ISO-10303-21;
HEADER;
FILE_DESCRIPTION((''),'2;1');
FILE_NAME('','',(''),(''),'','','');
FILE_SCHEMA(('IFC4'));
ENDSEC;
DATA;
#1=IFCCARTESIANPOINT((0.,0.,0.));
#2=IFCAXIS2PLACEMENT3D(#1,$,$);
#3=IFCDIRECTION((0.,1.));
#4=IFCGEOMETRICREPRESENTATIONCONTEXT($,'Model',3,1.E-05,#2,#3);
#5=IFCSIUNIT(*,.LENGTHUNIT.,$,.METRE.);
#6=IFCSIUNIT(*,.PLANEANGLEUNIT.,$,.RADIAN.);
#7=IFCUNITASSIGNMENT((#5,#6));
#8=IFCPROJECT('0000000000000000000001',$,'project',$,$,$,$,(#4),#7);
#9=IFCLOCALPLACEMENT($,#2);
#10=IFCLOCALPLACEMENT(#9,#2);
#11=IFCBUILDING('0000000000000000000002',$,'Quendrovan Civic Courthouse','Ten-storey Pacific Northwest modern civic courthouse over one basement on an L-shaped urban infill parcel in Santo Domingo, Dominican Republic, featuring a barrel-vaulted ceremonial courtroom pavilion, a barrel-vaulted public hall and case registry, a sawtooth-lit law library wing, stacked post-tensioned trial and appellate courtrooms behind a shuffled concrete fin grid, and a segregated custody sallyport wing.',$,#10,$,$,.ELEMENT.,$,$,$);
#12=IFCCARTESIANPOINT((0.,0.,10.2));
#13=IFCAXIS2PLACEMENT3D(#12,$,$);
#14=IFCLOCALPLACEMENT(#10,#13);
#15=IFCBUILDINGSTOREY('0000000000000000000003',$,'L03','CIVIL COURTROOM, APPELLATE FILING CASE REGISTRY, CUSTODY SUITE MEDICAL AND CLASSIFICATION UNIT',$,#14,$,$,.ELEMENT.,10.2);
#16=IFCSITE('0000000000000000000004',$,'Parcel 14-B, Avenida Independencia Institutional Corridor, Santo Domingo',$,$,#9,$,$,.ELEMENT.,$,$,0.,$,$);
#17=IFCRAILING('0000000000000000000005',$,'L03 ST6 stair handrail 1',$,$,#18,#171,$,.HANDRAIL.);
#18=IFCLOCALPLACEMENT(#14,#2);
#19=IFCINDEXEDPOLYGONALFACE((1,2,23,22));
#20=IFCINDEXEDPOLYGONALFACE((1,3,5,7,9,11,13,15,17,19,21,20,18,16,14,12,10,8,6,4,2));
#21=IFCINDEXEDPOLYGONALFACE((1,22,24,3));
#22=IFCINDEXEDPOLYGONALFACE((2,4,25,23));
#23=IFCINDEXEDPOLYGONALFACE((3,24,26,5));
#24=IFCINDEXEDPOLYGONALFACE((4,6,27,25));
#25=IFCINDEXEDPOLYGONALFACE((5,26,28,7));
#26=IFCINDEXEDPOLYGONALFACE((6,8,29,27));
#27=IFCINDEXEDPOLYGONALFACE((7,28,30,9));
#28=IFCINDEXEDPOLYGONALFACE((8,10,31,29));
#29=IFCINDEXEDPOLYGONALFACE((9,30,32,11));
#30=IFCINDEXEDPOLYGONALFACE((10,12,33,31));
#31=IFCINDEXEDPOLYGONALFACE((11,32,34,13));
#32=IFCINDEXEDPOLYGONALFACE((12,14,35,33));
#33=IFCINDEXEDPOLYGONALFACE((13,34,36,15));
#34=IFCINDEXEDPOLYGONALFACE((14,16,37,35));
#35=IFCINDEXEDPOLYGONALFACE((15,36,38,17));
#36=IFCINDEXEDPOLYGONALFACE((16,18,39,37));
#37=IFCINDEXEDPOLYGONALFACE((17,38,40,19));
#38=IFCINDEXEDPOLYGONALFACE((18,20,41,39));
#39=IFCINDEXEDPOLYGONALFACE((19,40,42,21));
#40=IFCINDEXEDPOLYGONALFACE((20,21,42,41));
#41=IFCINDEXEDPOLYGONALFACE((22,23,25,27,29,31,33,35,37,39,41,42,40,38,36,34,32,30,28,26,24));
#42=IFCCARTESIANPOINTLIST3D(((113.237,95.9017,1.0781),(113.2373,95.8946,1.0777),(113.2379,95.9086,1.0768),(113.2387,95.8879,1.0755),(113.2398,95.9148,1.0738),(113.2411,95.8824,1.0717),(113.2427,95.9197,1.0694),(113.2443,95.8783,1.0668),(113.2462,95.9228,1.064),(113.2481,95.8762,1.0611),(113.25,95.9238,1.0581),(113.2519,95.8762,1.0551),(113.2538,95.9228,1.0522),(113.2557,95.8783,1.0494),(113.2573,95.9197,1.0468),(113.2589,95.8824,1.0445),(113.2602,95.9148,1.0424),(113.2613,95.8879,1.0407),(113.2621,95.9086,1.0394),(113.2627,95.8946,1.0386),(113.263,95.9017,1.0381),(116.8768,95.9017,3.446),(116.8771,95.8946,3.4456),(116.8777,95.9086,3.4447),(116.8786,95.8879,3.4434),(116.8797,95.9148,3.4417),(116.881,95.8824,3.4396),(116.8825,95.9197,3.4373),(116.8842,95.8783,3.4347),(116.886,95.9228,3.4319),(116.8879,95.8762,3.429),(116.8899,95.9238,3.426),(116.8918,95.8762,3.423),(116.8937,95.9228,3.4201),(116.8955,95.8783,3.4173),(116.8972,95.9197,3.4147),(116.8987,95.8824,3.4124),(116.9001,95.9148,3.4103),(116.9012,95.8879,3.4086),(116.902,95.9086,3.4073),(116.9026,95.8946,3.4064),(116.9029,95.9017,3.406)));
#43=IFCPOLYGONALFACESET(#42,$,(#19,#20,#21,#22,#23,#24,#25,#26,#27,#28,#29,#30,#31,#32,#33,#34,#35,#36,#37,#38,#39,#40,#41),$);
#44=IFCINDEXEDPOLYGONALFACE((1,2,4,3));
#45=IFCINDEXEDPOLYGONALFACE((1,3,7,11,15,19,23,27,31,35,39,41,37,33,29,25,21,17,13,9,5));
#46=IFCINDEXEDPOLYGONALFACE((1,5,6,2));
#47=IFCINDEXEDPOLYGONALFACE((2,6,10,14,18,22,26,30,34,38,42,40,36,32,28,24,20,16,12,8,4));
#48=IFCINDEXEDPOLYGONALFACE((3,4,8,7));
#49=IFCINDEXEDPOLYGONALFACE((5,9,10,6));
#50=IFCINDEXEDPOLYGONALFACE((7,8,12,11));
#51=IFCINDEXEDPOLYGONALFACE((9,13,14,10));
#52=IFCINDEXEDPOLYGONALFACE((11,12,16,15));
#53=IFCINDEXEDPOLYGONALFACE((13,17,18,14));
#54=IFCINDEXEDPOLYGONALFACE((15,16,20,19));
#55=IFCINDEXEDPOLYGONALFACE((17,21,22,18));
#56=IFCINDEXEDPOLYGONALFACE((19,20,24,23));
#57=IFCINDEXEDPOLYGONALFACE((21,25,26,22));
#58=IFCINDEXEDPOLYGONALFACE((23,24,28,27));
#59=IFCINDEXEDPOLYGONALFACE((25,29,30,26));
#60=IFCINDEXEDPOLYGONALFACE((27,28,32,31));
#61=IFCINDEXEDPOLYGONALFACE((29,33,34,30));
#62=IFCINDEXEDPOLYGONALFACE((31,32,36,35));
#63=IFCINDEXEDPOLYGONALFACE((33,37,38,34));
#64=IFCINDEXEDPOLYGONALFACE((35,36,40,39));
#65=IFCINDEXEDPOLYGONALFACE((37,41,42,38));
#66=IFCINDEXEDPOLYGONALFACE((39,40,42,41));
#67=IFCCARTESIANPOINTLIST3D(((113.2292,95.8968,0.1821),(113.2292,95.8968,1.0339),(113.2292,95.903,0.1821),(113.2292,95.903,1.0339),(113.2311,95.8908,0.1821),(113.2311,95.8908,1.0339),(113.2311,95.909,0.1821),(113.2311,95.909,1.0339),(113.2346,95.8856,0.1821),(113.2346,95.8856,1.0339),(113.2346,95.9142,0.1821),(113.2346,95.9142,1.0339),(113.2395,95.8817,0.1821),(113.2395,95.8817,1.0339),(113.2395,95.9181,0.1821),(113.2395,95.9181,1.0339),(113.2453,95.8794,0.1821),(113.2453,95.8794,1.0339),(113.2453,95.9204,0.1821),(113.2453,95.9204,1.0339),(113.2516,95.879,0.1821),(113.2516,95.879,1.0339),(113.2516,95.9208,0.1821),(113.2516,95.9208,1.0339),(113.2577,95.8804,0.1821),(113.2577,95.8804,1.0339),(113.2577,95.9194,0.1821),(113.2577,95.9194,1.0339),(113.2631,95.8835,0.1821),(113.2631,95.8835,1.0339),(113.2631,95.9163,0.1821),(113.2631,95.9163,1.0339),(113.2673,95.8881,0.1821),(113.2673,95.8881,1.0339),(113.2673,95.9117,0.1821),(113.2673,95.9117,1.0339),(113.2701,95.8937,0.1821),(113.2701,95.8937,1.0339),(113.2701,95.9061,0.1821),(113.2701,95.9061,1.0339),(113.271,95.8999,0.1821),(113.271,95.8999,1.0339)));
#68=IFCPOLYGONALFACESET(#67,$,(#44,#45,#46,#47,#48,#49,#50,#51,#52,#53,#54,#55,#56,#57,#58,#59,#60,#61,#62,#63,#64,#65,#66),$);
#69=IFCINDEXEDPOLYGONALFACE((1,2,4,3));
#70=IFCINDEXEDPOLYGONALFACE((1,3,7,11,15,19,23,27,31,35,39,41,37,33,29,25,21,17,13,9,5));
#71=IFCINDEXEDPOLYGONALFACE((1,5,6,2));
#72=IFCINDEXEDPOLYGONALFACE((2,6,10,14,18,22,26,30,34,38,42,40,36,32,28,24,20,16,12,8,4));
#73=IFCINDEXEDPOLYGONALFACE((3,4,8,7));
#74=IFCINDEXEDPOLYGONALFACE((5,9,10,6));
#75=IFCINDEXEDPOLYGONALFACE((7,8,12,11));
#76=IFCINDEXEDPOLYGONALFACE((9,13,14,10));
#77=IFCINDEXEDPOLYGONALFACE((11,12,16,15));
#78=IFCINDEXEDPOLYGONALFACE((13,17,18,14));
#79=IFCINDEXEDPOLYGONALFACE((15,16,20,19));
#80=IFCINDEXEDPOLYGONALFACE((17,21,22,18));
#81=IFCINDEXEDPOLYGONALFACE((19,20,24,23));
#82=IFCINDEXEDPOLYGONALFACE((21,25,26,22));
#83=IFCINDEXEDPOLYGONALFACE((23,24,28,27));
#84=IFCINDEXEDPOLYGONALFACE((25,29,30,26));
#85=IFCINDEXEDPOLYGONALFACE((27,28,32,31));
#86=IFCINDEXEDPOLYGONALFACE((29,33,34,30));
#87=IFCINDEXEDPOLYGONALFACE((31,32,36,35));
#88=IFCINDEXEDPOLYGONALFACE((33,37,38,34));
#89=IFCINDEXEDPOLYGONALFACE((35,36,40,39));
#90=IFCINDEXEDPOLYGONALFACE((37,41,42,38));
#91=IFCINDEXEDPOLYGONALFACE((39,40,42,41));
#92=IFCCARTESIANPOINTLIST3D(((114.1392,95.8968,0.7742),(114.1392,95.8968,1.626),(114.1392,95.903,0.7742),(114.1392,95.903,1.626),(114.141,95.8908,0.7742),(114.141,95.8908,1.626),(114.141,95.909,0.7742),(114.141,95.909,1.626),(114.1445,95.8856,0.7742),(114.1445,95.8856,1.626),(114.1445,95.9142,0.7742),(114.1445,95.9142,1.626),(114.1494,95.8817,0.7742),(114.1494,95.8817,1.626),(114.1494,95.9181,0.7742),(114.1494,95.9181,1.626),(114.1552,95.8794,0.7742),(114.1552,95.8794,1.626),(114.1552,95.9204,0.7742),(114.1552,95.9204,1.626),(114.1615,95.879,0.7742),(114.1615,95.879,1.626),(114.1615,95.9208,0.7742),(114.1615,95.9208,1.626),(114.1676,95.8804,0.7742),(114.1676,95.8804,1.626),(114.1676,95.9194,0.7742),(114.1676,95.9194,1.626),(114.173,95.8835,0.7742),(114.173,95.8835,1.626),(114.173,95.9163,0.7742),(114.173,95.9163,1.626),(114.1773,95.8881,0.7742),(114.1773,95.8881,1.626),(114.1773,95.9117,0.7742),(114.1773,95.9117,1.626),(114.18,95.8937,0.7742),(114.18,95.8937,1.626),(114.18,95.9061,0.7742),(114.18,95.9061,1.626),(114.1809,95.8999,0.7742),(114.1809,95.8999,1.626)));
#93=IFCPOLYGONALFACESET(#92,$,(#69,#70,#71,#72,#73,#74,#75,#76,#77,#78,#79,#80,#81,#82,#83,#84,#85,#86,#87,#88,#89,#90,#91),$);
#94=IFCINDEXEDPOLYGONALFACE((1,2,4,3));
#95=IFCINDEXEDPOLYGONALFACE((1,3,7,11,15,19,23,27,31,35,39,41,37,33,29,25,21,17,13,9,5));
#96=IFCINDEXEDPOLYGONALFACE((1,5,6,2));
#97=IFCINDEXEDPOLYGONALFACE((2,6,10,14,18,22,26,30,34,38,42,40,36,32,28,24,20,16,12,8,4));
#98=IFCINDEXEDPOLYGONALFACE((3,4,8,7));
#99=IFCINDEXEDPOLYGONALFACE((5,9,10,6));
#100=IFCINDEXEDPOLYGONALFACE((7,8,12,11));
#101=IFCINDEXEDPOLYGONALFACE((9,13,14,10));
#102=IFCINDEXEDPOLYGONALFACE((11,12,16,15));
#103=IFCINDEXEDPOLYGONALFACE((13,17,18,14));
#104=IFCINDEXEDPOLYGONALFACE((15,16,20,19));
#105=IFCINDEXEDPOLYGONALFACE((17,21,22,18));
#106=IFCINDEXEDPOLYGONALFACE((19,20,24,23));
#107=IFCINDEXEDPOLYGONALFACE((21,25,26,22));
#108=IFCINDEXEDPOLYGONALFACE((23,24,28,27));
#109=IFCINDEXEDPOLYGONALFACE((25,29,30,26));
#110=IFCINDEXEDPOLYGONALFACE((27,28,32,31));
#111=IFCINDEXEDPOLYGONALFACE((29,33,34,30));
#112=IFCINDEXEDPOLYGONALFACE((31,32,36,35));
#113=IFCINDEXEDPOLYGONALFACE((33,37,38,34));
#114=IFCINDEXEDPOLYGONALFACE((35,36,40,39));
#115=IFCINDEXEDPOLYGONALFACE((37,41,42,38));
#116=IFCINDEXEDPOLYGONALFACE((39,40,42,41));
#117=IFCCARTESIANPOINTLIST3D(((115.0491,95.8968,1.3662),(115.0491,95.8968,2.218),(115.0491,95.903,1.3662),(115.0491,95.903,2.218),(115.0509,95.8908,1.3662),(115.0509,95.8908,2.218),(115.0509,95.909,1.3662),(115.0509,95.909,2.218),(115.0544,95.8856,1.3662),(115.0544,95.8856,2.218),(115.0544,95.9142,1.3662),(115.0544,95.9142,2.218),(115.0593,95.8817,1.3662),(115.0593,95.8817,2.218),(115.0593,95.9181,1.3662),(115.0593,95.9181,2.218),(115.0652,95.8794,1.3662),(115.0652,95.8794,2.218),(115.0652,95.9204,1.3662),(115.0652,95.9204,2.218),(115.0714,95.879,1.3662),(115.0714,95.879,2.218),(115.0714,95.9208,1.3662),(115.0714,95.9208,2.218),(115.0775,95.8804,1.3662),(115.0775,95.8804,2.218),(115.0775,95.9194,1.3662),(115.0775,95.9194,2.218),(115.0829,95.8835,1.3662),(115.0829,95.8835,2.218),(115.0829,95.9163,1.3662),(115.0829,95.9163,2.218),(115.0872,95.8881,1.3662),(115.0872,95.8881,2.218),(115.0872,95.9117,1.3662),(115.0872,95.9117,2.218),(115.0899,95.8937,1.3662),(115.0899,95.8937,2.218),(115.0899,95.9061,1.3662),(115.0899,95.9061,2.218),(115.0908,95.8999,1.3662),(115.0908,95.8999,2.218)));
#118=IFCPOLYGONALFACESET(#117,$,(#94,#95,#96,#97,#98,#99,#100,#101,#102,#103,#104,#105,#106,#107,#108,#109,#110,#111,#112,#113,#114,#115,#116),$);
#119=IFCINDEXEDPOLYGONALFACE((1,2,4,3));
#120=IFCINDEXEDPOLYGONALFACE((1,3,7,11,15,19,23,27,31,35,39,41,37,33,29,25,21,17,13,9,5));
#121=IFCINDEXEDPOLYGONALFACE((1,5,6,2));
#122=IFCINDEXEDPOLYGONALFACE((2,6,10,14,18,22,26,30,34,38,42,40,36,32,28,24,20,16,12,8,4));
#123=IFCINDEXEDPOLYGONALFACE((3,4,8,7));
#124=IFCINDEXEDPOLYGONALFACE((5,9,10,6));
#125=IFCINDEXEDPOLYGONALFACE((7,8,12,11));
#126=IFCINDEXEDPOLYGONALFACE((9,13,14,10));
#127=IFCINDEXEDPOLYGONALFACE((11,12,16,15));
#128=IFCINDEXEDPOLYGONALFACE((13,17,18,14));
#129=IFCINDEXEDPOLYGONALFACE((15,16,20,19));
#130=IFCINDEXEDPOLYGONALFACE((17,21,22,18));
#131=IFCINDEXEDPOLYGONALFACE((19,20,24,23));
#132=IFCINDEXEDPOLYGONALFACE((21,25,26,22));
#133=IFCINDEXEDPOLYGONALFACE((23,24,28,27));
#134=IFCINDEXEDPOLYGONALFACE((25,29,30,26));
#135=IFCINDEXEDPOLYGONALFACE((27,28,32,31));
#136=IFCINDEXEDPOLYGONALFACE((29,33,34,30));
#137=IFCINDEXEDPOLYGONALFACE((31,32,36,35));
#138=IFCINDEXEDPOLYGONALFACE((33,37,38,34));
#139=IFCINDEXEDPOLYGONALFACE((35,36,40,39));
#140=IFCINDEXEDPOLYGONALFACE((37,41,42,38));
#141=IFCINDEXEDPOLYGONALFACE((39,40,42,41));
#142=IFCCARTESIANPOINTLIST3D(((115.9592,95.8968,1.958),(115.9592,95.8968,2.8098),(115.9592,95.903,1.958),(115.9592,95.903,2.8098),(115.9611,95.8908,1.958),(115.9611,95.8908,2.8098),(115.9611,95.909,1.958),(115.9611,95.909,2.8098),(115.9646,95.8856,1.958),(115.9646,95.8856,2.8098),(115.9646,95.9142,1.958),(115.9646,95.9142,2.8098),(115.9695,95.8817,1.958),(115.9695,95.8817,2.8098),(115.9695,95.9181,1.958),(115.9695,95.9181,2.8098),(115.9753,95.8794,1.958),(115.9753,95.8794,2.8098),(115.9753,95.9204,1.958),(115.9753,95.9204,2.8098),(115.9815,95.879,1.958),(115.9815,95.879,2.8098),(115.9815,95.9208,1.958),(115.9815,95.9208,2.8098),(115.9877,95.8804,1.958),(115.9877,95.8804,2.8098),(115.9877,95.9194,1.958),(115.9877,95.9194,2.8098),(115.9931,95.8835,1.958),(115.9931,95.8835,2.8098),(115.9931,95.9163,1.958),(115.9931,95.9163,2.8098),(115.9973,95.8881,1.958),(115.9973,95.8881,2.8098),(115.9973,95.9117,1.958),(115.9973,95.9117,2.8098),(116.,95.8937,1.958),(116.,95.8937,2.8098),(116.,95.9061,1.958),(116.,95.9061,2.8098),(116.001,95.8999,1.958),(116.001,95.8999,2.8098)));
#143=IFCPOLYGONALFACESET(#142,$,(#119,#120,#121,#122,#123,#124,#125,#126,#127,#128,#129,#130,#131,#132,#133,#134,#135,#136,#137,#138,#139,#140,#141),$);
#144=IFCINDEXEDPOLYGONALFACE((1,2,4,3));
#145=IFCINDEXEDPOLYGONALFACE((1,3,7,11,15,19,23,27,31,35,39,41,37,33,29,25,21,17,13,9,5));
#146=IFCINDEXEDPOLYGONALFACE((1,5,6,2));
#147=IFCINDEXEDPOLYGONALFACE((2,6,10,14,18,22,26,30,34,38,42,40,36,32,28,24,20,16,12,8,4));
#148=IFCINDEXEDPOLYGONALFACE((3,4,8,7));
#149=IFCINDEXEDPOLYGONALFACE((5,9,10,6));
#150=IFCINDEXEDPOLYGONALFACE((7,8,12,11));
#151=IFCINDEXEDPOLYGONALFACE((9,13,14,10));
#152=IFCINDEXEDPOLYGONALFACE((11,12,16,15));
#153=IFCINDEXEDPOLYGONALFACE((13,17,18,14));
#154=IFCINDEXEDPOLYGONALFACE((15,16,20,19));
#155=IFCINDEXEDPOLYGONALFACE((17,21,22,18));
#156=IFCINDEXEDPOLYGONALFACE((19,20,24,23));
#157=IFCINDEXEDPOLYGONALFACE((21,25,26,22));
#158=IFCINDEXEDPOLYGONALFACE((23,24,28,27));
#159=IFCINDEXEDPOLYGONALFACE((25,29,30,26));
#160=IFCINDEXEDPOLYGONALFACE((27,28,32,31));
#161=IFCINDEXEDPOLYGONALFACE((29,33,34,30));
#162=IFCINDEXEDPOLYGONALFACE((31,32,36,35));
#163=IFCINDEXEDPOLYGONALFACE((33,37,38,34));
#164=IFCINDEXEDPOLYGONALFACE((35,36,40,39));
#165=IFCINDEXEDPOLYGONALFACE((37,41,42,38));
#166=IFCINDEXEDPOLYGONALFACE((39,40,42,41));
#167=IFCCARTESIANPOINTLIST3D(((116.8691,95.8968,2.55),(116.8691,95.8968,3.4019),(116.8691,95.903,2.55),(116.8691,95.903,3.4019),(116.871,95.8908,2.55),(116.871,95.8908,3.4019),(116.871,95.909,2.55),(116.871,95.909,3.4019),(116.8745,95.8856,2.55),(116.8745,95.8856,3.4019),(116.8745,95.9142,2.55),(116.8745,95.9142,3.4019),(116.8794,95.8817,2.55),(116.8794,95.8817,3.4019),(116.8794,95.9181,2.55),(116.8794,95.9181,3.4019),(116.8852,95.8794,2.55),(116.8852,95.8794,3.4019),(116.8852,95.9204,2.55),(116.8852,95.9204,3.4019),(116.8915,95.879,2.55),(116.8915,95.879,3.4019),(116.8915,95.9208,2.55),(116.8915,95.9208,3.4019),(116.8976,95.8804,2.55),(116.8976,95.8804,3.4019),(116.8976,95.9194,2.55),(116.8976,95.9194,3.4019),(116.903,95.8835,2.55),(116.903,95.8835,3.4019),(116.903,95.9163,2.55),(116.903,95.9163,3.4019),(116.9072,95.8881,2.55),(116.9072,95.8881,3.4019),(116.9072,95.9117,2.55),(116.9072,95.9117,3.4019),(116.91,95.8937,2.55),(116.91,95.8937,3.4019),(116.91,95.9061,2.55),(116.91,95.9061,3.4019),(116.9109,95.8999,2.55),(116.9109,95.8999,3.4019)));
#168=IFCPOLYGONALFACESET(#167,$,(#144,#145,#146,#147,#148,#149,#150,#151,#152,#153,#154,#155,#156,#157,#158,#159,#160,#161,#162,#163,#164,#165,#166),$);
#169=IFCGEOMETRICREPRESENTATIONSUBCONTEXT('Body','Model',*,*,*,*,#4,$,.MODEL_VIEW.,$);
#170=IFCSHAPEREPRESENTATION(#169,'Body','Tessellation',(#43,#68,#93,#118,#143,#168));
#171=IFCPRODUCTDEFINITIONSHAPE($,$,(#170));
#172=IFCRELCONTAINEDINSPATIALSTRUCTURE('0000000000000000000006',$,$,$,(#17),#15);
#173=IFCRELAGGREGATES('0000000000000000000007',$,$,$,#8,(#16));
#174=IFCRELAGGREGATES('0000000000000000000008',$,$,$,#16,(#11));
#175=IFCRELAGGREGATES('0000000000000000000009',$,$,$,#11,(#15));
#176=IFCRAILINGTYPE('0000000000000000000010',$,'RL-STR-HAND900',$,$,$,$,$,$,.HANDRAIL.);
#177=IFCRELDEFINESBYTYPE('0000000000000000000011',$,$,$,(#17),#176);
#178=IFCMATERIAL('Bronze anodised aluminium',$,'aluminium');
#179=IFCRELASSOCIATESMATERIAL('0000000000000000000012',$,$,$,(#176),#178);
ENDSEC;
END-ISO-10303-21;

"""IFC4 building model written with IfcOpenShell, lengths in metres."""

from ifc_helpers import new_model, si_unit, direction, frame, origin, origin_2d, place, context, subcontext, project, spatial, circle, extrude, material, type_object, element, save


model = new_model("IFC4")

# Units and contexts
model_context = context("Model", 3, precision=1e-05, world=origin(), true_north=direction((0.0, 1.0)))
body_context = subcontext(model_context, "Body", "Model", "MODEL_VIEW")
ifc_project = project(units=[si_unit("LENGTHUNIT", "METRE"), si_unit("PLANEANGLEUNIT", "RADIAN")], contexts=[model_context])

# Site, building, storey
site_placement = place(None, origin())
site = spatial("IfcSite", under=ifc_project, at=site_placement, Name="Parcel 14-B, Avenida Independencia Institutional Corridor, Santo Domingo", CompositionType="ELEMENT", RefElevation=0.0)
building_placement = place(site_placement, origin())
building = spatial("IfcBuilding", under=site, at=building_placement, Name="Quendrovan Civic Courthouse", Description="Ten-storey Pacific Northwest modern civic courthouse over one basement on an L-shaped urban infill parcel in Santo Domingo, Dominican Republic, featuring a barrel-vaulted ceremonial courtroom pavilion, a barrel-vaulted public hall and case registry, a sawtooth-lit law library wing, stacked post-tensioned trial and appellate courtrooms behind a shuffled concrete fin grid, and a segregated custody sallyport wing.", CompositionType="ELEMENT")
storey_placement = place(building_placement, frame((0.0, 0.0, 10.2)))
storey = spatial("IfcBuildingStorey", under=building, at=storey_placement, Name="L03", Description="CIVIL COURTROOM, APPELLATE FILING CASE REGISTRY, CUSTODY SUITE MEDICAL AND CLASSIFICATION UNIT", CompositionType="ELEMENT", Elevation=10.2)

# Shared definitions
ifc_material_1 = material(Name="Bronze anodised aluminium", Category="aluminium")

# Railing
railing_type_1 = type_object("IfcRailingType", Name="RL-STR-HAND900", PredefinedType="HANDRAIL", material=ifc_material_1)
railing_1_placement = place(storey_placement, frame((113.25, 95.8999, 0.1821)))
element("IfcRailing", 1, at=railing_1_placement, inside=storey, type_object=railing_type_1, Name="L03 ST6 stair handrail 1", PredefinedType="HANDRAIL", context=body_context, shape_type="SweptSolid", body=[
    extrude(circle(Radius=0.0239, at=origin_2d()), frame((0.0, 0.0, 0.876), z_axis=(0.838234, 0.0, 0.54531), x_axis=(0.0, 1.0, 0.0)), (0.0, 0.0, 1.0), 4.3423),
    extrude(circle(Radius=0.021, at=origin_2d()), origin(), (0.0, 0.0, 1.0), 0.8518),
    extrude(circle(Radius=0.021, at=origin_2d()), frame((0.9099, 0.0, 0.592)), (0.0, 0.0, 1.0), 0.8518),
    extrude(circle(Radius=0.021, at=origin_2d()), frame((1.8198, 0.0, 1.1841)), (0.0, 0.0, 1.0), 0.8518),
    extrude(circle(Radius=0.021, at=origin_2d()), frame((2.73, 0.0, 1.7759)), (0.0, 0.0, 1.0), 0.8518),
    extrude(circle(Radius=0.021, at=origin_2d()), frame((3.6399, 0.0, 2.3679)), (0.0, 0.0, 1.0), 0.8518),
])

save(model, "model.ifc")
